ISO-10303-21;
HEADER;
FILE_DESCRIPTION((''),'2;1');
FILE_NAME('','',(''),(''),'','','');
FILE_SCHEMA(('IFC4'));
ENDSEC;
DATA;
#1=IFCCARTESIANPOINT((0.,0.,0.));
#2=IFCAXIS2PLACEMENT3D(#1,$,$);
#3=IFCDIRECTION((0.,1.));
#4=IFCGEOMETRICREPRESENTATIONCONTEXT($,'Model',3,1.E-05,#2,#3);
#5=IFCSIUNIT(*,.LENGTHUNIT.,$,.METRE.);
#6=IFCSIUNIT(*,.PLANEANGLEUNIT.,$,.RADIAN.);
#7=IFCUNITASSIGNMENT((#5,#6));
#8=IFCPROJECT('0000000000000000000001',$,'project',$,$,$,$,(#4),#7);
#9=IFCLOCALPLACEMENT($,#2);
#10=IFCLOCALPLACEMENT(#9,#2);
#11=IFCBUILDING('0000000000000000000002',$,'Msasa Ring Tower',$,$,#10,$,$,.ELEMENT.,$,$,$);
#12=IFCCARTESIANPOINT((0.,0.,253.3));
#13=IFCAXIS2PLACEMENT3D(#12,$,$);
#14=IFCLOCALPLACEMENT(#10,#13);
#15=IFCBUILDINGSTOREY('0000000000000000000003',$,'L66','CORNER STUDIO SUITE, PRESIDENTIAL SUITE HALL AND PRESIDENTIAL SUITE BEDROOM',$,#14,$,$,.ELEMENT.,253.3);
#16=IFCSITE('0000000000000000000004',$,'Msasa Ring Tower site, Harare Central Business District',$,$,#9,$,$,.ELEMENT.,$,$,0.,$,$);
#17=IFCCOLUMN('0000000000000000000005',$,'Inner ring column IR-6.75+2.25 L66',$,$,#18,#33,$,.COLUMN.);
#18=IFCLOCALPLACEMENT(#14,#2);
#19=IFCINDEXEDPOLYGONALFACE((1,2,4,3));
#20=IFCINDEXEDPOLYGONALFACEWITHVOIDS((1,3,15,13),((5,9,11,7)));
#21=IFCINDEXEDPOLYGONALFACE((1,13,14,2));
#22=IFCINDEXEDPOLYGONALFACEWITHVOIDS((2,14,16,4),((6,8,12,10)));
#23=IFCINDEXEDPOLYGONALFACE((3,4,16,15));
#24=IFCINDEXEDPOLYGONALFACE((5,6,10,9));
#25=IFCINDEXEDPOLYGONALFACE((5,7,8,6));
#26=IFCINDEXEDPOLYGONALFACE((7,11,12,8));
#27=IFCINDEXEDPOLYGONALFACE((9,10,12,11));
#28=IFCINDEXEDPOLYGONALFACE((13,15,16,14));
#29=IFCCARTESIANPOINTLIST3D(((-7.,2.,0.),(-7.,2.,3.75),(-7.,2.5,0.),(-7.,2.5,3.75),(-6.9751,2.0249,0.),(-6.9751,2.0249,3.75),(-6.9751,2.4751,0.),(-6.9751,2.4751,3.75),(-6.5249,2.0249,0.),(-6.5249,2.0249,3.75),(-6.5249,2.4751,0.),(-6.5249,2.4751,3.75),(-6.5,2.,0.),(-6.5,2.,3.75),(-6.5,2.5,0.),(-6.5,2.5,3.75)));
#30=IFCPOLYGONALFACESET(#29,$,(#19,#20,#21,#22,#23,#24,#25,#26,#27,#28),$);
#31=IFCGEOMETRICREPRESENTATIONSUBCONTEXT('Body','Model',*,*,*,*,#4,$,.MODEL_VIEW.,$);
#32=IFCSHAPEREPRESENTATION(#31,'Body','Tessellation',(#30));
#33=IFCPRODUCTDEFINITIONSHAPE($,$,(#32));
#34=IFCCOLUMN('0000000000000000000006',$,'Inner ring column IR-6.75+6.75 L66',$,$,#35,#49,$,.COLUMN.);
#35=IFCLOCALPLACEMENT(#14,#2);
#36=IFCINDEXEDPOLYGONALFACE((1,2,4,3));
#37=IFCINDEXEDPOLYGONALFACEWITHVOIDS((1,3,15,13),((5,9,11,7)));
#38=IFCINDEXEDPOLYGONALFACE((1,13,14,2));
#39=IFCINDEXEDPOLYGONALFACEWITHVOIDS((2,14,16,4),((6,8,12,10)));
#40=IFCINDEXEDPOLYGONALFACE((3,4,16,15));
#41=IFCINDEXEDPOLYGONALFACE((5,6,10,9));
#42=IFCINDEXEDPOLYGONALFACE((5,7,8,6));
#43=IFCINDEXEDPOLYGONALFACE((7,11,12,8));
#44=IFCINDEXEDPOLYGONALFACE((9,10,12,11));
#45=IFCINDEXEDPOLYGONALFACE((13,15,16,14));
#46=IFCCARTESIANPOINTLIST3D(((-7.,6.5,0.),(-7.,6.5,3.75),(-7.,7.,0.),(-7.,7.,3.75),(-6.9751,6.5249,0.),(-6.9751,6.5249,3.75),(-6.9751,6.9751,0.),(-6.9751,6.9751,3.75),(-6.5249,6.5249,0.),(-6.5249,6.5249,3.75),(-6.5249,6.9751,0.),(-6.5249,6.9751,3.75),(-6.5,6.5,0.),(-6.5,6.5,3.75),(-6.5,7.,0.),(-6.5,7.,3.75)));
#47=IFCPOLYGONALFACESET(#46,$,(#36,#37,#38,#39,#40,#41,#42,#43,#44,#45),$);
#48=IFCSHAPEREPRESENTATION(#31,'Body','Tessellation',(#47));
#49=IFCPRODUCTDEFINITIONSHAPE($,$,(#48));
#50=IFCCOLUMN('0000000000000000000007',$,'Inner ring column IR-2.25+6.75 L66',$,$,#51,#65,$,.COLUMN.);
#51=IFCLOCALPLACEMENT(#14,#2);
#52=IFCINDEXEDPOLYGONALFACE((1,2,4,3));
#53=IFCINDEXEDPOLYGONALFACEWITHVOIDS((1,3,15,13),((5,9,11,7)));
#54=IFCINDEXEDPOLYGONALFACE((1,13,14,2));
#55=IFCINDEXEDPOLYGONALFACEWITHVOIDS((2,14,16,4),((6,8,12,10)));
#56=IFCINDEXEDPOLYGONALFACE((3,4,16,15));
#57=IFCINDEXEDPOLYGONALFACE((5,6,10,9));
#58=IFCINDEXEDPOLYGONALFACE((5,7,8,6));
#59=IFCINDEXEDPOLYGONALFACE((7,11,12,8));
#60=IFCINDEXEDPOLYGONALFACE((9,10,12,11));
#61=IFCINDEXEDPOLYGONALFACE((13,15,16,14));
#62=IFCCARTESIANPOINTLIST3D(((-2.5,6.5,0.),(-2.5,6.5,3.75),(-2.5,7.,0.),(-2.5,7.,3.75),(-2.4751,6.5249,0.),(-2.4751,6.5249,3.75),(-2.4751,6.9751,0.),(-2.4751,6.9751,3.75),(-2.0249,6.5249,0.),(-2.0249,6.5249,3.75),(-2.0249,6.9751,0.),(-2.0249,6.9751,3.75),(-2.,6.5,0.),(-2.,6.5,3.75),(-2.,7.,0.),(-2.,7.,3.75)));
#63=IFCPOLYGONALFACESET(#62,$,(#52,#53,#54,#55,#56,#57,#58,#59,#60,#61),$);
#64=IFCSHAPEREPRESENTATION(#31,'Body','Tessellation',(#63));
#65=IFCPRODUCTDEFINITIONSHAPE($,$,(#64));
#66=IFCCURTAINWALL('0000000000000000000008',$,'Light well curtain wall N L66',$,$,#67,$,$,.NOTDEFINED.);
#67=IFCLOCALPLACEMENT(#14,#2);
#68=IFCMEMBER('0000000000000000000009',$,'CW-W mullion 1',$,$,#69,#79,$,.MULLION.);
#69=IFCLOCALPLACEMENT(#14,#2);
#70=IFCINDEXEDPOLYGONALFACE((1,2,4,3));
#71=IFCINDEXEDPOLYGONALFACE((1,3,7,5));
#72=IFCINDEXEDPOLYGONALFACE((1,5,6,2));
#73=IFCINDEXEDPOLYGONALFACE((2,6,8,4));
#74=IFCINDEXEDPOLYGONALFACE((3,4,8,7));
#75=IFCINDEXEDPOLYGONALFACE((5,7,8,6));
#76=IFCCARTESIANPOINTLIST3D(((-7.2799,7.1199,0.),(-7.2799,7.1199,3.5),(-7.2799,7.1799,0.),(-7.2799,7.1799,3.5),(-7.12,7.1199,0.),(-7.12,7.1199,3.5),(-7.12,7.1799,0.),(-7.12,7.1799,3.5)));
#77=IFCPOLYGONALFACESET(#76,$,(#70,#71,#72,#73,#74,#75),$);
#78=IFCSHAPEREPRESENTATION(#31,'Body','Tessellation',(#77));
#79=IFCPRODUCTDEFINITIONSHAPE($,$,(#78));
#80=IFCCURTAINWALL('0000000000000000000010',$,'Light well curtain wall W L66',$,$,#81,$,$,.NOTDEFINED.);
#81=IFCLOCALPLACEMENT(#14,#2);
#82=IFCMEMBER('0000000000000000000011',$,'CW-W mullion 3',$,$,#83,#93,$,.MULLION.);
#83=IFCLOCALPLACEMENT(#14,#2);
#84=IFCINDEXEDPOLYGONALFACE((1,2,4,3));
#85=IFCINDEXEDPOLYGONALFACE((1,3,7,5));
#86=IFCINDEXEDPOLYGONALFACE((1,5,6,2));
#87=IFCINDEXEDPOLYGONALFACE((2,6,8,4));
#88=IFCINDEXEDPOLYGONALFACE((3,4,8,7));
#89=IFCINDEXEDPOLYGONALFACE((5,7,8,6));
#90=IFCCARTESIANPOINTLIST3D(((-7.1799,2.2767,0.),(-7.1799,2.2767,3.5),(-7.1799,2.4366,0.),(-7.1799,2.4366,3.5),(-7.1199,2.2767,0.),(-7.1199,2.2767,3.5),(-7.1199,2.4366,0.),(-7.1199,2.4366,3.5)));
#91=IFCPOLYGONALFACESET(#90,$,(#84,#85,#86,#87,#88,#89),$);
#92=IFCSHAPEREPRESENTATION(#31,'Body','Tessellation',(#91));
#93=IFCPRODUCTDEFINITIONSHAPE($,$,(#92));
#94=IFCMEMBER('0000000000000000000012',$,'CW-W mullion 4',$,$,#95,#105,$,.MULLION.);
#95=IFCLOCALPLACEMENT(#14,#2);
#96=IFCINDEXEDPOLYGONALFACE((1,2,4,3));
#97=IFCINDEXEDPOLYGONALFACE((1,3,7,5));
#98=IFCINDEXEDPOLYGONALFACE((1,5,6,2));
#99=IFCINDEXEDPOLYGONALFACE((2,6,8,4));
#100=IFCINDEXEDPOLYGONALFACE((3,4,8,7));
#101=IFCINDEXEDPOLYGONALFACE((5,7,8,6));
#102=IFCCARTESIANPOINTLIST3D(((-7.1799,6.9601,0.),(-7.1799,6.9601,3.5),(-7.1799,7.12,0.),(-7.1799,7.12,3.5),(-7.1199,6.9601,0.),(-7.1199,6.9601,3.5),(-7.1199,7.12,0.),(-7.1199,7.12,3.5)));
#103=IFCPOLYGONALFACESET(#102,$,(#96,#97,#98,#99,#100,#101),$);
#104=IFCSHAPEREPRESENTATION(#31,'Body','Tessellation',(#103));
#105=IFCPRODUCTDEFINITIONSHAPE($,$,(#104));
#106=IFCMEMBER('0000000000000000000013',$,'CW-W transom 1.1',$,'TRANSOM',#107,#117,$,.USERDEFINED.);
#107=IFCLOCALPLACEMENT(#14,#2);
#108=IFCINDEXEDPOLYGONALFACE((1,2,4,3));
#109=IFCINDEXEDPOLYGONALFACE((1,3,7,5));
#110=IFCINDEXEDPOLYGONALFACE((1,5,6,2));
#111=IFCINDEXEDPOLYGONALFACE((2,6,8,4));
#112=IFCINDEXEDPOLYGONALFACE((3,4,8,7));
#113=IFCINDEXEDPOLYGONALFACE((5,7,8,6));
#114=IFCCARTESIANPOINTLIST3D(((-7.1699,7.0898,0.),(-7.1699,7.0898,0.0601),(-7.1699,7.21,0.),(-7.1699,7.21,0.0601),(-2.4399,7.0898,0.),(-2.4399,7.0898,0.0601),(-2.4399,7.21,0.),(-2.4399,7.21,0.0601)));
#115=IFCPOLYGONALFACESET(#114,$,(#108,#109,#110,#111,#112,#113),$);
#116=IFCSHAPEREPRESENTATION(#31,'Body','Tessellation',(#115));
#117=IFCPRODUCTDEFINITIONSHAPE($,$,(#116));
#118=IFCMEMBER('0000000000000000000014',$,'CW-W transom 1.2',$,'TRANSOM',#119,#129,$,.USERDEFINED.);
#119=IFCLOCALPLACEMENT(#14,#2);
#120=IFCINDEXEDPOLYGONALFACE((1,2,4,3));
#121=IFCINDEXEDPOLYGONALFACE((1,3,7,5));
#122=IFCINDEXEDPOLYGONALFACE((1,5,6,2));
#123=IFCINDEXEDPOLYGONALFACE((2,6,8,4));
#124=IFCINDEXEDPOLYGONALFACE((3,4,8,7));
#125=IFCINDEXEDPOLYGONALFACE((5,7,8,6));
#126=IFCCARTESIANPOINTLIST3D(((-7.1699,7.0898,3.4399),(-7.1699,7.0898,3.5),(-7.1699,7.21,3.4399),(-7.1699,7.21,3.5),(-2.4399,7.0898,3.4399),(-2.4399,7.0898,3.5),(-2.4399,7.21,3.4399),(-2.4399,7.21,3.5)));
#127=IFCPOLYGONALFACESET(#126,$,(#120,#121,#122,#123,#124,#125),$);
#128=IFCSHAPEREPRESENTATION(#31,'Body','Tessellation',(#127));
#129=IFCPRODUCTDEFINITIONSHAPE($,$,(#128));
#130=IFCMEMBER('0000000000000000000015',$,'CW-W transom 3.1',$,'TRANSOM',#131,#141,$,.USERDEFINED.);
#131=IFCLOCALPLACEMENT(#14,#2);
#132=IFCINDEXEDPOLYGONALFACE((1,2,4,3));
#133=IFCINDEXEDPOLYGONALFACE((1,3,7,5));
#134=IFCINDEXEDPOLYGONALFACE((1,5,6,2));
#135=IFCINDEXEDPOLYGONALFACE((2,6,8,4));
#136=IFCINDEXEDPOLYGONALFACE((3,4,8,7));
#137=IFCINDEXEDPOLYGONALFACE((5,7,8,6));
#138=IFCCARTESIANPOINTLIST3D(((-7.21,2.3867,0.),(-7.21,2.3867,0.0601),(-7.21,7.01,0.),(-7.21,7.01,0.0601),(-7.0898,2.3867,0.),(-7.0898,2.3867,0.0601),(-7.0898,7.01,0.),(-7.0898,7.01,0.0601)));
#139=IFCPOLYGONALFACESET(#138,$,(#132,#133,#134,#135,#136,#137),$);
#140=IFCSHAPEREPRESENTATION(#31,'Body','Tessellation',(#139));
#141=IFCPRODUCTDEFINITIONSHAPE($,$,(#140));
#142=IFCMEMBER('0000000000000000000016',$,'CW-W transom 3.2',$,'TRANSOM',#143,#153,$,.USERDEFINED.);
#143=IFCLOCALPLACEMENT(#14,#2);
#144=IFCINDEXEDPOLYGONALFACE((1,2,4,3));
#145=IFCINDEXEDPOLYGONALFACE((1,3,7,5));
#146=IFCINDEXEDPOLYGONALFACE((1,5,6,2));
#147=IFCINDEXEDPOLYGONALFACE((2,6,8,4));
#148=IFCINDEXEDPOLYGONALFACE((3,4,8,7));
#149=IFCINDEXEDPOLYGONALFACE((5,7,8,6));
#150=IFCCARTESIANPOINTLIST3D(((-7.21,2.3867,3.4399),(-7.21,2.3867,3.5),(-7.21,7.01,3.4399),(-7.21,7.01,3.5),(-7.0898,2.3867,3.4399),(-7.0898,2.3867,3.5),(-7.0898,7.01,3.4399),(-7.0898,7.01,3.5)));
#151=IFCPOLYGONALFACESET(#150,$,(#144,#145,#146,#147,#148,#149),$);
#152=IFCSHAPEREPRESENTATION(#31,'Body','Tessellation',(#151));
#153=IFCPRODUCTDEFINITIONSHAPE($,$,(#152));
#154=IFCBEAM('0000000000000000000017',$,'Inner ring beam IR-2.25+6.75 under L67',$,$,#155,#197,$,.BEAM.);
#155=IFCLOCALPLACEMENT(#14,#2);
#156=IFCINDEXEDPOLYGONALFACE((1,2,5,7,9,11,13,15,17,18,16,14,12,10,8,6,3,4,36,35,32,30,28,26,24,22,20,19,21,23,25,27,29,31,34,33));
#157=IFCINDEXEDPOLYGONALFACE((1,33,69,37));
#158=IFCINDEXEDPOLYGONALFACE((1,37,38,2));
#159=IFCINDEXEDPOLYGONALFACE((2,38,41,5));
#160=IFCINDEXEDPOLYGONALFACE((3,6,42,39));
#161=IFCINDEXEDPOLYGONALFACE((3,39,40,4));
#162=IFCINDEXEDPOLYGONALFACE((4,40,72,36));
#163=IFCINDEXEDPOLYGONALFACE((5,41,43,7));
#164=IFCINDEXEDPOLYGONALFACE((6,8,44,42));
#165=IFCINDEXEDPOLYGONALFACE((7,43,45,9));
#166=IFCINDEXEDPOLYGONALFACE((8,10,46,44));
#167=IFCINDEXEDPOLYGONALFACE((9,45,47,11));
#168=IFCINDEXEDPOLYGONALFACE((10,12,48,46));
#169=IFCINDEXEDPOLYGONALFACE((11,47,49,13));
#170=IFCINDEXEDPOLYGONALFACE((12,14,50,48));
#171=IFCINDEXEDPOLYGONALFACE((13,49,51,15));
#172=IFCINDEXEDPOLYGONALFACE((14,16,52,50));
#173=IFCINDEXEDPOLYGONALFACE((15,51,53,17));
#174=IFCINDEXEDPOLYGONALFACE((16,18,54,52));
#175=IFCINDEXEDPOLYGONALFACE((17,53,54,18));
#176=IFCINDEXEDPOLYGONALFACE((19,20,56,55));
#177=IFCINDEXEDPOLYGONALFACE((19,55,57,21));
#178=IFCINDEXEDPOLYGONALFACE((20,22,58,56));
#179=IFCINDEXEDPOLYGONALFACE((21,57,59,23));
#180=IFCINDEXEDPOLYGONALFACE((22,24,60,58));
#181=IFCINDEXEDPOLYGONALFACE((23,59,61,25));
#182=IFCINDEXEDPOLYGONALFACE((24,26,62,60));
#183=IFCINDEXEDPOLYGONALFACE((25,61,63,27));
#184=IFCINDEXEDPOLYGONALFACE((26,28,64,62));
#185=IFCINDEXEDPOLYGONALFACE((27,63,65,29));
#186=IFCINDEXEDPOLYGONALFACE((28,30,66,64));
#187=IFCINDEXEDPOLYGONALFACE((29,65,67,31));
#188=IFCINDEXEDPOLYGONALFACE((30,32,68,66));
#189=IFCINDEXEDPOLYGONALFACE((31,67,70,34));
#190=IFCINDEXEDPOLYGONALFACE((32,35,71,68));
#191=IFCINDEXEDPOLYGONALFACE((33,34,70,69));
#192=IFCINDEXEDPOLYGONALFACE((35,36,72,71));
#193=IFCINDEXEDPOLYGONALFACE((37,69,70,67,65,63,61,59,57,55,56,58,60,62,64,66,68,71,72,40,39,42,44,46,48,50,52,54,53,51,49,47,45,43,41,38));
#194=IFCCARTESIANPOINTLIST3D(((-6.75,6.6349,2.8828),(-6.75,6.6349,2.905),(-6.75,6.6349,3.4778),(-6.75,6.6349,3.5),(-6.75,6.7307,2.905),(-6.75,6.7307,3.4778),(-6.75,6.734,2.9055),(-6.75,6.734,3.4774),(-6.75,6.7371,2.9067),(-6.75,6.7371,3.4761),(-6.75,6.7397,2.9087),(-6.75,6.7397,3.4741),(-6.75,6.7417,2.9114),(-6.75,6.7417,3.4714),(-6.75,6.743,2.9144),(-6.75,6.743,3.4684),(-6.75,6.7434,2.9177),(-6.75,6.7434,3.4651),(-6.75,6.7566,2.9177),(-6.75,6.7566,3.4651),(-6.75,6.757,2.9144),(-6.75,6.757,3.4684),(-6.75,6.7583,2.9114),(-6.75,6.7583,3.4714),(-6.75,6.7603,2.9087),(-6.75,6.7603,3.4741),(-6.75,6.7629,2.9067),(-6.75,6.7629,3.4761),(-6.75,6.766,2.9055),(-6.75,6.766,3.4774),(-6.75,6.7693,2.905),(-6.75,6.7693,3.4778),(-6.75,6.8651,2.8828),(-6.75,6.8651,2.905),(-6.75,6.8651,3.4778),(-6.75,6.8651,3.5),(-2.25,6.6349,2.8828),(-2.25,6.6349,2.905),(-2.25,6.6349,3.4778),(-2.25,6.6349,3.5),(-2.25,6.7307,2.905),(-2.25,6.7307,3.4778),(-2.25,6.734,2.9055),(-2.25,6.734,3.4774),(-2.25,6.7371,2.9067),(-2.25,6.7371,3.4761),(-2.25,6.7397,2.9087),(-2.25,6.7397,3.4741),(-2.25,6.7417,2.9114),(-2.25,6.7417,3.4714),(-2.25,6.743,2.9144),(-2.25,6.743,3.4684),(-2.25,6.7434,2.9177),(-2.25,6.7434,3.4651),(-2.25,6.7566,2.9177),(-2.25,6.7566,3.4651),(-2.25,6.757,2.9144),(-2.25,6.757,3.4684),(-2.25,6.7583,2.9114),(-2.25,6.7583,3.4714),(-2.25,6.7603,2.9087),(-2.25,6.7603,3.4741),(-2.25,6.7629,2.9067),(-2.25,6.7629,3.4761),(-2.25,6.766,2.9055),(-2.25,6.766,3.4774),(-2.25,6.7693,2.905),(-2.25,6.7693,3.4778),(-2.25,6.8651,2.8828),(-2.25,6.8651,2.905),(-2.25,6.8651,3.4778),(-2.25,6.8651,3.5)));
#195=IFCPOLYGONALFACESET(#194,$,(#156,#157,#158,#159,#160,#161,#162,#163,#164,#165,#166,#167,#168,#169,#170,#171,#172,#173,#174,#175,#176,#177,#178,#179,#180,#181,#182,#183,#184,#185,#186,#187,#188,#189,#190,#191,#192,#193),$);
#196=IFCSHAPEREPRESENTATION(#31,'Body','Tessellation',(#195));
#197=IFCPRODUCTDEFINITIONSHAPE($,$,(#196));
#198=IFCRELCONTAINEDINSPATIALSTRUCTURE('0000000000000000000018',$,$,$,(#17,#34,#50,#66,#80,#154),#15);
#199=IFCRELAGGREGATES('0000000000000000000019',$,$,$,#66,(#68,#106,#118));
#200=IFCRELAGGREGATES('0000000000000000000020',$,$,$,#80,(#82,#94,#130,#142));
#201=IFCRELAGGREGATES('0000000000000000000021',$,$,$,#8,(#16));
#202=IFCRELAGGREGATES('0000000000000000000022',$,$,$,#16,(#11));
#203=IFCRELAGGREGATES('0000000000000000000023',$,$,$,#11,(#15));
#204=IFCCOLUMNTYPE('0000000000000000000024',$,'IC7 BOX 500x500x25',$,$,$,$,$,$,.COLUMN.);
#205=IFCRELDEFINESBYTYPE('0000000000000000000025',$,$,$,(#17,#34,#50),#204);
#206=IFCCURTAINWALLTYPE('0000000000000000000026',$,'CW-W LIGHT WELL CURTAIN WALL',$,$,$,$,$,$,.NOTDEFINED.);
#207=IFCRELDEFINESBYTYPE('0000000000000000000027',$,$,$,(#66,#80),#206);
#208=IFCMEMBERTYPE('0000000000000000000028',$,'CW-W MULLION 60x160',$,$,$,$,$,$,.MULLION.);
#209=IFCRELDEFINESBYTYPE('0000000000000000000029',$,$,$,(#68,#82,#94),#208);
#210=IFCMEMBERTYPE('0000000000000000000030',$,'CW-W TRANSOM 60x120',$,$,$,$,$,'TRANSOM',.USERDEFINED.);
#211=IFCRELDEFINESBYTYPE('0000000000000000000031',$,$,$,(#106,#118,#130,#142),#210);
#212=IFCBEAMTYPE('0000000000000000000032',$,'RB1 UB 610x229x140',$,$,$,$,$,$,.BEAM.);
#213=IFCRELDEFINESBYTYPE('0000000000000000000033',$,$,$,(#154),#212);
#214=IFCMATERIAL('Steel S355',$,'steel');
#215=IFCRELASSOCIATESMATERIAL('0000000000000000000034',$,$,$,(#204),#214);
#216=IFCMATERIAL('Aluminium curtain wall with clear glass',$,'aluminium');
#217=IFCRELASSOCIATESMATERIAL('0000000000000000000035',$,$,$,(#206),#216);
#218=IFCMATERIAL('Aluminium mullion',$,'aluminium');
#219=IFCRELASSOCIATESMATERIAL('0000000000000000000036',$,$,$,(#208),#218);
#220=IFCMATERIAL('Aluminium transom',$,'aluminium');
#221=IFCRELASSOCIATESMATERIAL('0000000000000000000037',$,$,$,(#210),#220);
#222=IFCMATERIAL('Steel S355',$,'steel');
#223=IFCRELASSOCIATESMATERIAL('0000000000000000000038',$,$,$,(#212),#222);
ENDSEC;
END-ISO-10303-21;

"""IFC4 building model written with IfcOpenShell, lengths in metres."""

from ifc_helpers import new_model, si_unit, direction, frame, origin, origin_2d, place, context, subcontext, project, spatial, rectangle, hollow_rectangle, i_section, extrude, material, material_profile, profile_set, type_object, element, aggregate, save


model = new_model("IFC4")

# Units and contexts
model_context = context("Model", 3, precision=1e-05, world=origin(), true_north=direction((0.0, 1.0)))
body_context = subcontext(model_context, "Body", "Model", "MODEL_VIEW")
ifc_project = project(units=[si_unit("LENGTHUNIT", "METRE"), si_unit("PLANEANGLEUNIT", "RADIAN")], contexts=[model_context])

# Site, building, storey
site_placement = place(None, origin())
site = spatial("IfcSite", under=ifc_project, at=site_placement, Name="Msasa Ring Tower site, Harare Central Business District", CompositionType="ELEMENT", RefElevation=0.0)
building_placement = place(site_placement, origin())
building = spatial("IfcBuilding", under=site, at=building_placement, Name="Msasa Ring Tower", CompositionType="ELEMENT")
storey_placement = place(building_placement, frame((0.0, 0.0, 253.3)))
storey = spatial("IfcBuildingStorey", under=building, at=storey_placement, Name="L66", Description="CORNER STUDIO SUITE, PRESIDENTIAL SUITE HALL AND PRESIDENTIAL SUITE BEDROOM", CompositionType="ELEMENT", Elevation=253.3)

# Columns
ifc_material_1 = material(Name="Steel S355", Category="steel")
ifc_material_profile_1 = material_profile(ifc_material_1, hollow_rectangle(XDim=0.5, YDim=0.5, WallThickness=0.0249, at=origin_2d()), Name="BOX 500x500x25")
ifc_profile_set_1 = profile_set([ifc_material_profile_1], Name="Steel S355")
column_type = type_object("IfcColumnType", Name="IC7 BOX 500x500x25", PredefinedType="COLUMN", material=ifc_profile_set_1)
for number, where, z_axis, x_axis, name in (
    (1, (-6.75, 2.25, 0.0), (0.0, 0.0, 1.0), (1.0, 0.0, 0.0), "Inner ring column IR-6.75+2.25 L66"),
    (2, (-6.75, 6.75, 0.0), (0.0, 0.0, 1.0), (1.0, 0.0, 0.0), "Inner ring column IR-6.75+6.75 L66"),
    (3, (-2.25, 6.75, 0.0), (0.0, 0.0, 1.0), (1.0, 0.0, 0.0), "Inner ring column IR-2.25+6.75 L66"),
):
    element("IfcColumn", number, at=place(storey_placement, frame(where, z_axis=z_axis, x_axis=x_axis)), inside=storey, type_object=column_type, Name=name, PredefinedType="COLUMN", context=body_context, shape_type="SweptSolid", body=[
        extrude(hollow_rectangle(XDim=0.5, YDim=0.5, WallThickness=0.0249, at=origin_2d()), origin(), (0.0, 0.0, 1.0), 3.75),
    ])

# Curtain wall, member
ifc_material_2 = material(Name="Aluminium curtain wall with clear glass", Category="aluminium")
curtain_wall_type = type_object("IfcCurtainWallType", Name="CW-W LIGHT WELL CURTAIN WALL", PredefinedType="NOTDEFINED", material=ifc_material_2)
curtain_wall_1_placement = place(storey_placement, origin())
curtain_wall_1 = element("IfcCurtainWall", 4, at=curtain_wall_1_placement, inside=storey, type_object=curtain_wall_type, Name="Light well curtain wall N L66", PredefinedType="NOTDEFINED")
ifc_material_3 = material(Name="Aluminium mullion", Category="aluminium")
ifc_material_profile_2 = material_profile(ifc_material_3, rectangle(XDim=0.0601, YDim=0.1599, at=origin_2d()), Name="AL 60x160")
ifc_profile_set_2 = profile_set([ifc_material_profile_2], Name="Aluminium mullion")
member_type_1 = type_object("IfcMemberType", Name="CW-W MULLION 60x160", PredefinedType="MULLION", material=ifc_profile_set_2)
member_1_placement = place(storey_placement, frame((-7.2, 7.1499, 0.0), z_axis=(0.0, 0.0, 1.0), x_axis=(0.0, 1.0, 0.0)))
member_1 = element("IfcMember", 5, at=member_1_placement, type_object=member_type_1, Name="CW-W mullion 1", PredefinedType="MULLION", context=body_context, shape_type="SweptSolid", body=[
    extrude(rectangle(XDim=0.0601, YDim=0.1599, at=origin_2d()), origin(), (0.0, 0.0, 1.0), 3.5),
])

# Curtain wall, members
curtain_wall_2_placement = place(storey_placement, origin())
curtain_wall_2 = element("IfcCurtainWall", 6, at=curtain_wall_2_placement, inside=storey, type_object=curtain_wall_type, Name="Light well curtain wall W L66", PredefinedType="NOTDEFINED")
member_2_placement = place(storey_placement, frame((-7.1499, 2.3567, 0.0), z_axis=(0.0, 0.0, 1.0), x_axis=(-1.0, 0.0, 0.0)))
member_2 = element("IfcMember", 7, at=member_2_placement, type_object=member_type_1, Name="CW-W mullion 3", PredefinedType="MULLION", context=body_context, shape_type="SweptSolid", body=[
    extrude(rectangle(XDim=0.0601, YDim=0.1599, at=origin_2d()), origin(), (0.0, 0.0, 1.0), 3.5),
])
member_3_placement = place(storey_placement, frame((-7.1499, 7.04, 0.0), z_axis=(0.0, 0.0, 1.0), x_axis=(-1.0, 0.0, 0.0)))
member_3 = element("IfcMember", 8, at=member_3_placement, type_object=member_type_1, Name="CW-W mullion 4", PredefinedType="MULLION", context=body_context, shape_type="SweptSolid", body=[
    extrude(rectangle(XDim=0.0601, YDim=0.1599, at=origin_2d()), origin(), (0.0, 0.0, 1.0), 3.5),
])

# Members
ifc_material_4 = material(Name="Aluminium transom", Category="aluminium")
ifc_material_profile_3 = material_profile(ifc_material_4, rectangle(XDim=0.1201, YDim=0.0601, at=origin_2d()), Name="AL 60x120")
ifc_profile_set_3 = profile_set([ifc_material_profile_3], Name="Aluminium transom")
member_type_2 = type_object("IfcMemberType", Name="CW-W TRANSOM 60x120", ElementType="TRANSOM", PredefinedType="USERDEFINED", material=ifc_profile_set_3)
member_4_placement = place(storey_placement, frame((-7.1699, 7.1499, 0.03), z_axis=(1.0, 0.0, 0.0), x_axis=(0.0, 1.0, 0.0)))
member_4 = element("IfcMember", 9, at=member_4_placement, type_object=member_type_2, Name="CW-W transom 1.1", ObjectType="TRANSOM", PredefinedType="USERDEFINED", context=body_context, shape_type="SweptSolid", body=[
    extrude(rectangle(XDim=0.1201, YDim=0.0601, at=origin_2d()), origin(), (0.0, 0.0, 1.0), 4.73),
])
member_5_placement = place(storey_placement, frame((-7.1699, 7.1499, 3.47), z_axis=(1.0, 0.0, 0.0), x_axis=(0.0, 1.0, 0.0)))
member_5 = element("IfcMember", 10, at=member_5_placement, type_object=member_type_2, Name="CW-W transom 1.2", ObjectType="TRANSOM", PredefinedType="USERDEFINED", context=body_context, shape_type="SweptSolid", body=[
    extrude(rectangle(XDim=0.1201, YDim=0.0601, at=origin_2d()), origin(), (0.0, 0.0, 1.0), 4.73),
])
member_6_placement = place(storey_placement, frame((-7.1499, 2.3867, 0.03), z_axis=(0.0, 1.0, 0.0), x_axis=(-1.0, 0.0, 0.0)))
member_6 = element("IfcMember", 11, at=member_6_placement, type_object=member_type_2, Name="CW-W transom 3.1", ObjectType="TRANSOM", PredefinedType="USERDEFINED", context=body_context, shape_type="SweptSolid", body=[
    extrude(rectangle(XDim=0.1201, YDim=0.0601, at=origin_2d()), origin(), (0.0, 0.0, 1.0), 4.6233),
])
member_7_placement = place(storey_placement, frame((-7.1499, 2.3867, 3.47), z_axis=(0.0, 1.0, 0.0), x_axis=(-1.0, 0.0, 0.0)))
member_7 = element("IfcMember", 12, at=member_7_placement, type_object=member_type_2, Name="CW-W transom 3.2", ObjectType="TRANSOM", PredefinedType="USERDEFINED", context=body_context, shape_type="SweptSolid", body=[
    extrude(rectangle(XDim=0.1201, YDim=0.0601, at=origin_2d()), origin(), (0.0, 0.0, 1.0), 4.6233),
])

# Beam
ifc_material_5 = material(Name="Steel S355", Category="steel")
ifc_material_profile_4 = material_profile(ifc_material_5, i_section(OverallWidth=0.2302, OverallDepth=0.6172, WebThickness=0.0132, FlangeThickness=0.0222, FilletRadius=0.0127, at=origin_2d()), Name="UB 610x229x140")
ifc_profile_set_4 = profile_set([ifc_material_profile_4], Name="Steel S355")
beam_type = type_object("IfcBeamType", Name="RB1 UB 610x229x140", PredefinedType="BEAM", material=ifc_profile_set_4)
for number, where, z_axis, x_axis, name in (
    (13, (-2.25, 6.75, 3.1914), (-1.0, 0.0, 0.0), (0.0, -1.0, 0.0), "Inner ring beam IR-2.25+6.75 under L67"),
):
    element("IfcBeam", number, at=place(storey_placement, frame(where, z_axis=z_axis, x_axis=x_axis)), inside=storey, type_object=beam_type, Name=name, PredefinedType="BEAM", context=body_context, shape_type="SweptSolid", body=[
        extrude(i_section(OverallWidth=0.2302, OverallDepth=0.6172, WebThickness=0.0132, FlangeThickness=0.0222, FilletRadius=0.0127, at=origin_2d()), origin(), (0.0, 0.0, 1.0), 4.5),
    ])

aggregate(curtain_wall_1, [member_1, member_4, member_5])
aggregate(curtain_wall_2, [member_2, member_3, member_6, member_7])

save(model, "model.ifc")
